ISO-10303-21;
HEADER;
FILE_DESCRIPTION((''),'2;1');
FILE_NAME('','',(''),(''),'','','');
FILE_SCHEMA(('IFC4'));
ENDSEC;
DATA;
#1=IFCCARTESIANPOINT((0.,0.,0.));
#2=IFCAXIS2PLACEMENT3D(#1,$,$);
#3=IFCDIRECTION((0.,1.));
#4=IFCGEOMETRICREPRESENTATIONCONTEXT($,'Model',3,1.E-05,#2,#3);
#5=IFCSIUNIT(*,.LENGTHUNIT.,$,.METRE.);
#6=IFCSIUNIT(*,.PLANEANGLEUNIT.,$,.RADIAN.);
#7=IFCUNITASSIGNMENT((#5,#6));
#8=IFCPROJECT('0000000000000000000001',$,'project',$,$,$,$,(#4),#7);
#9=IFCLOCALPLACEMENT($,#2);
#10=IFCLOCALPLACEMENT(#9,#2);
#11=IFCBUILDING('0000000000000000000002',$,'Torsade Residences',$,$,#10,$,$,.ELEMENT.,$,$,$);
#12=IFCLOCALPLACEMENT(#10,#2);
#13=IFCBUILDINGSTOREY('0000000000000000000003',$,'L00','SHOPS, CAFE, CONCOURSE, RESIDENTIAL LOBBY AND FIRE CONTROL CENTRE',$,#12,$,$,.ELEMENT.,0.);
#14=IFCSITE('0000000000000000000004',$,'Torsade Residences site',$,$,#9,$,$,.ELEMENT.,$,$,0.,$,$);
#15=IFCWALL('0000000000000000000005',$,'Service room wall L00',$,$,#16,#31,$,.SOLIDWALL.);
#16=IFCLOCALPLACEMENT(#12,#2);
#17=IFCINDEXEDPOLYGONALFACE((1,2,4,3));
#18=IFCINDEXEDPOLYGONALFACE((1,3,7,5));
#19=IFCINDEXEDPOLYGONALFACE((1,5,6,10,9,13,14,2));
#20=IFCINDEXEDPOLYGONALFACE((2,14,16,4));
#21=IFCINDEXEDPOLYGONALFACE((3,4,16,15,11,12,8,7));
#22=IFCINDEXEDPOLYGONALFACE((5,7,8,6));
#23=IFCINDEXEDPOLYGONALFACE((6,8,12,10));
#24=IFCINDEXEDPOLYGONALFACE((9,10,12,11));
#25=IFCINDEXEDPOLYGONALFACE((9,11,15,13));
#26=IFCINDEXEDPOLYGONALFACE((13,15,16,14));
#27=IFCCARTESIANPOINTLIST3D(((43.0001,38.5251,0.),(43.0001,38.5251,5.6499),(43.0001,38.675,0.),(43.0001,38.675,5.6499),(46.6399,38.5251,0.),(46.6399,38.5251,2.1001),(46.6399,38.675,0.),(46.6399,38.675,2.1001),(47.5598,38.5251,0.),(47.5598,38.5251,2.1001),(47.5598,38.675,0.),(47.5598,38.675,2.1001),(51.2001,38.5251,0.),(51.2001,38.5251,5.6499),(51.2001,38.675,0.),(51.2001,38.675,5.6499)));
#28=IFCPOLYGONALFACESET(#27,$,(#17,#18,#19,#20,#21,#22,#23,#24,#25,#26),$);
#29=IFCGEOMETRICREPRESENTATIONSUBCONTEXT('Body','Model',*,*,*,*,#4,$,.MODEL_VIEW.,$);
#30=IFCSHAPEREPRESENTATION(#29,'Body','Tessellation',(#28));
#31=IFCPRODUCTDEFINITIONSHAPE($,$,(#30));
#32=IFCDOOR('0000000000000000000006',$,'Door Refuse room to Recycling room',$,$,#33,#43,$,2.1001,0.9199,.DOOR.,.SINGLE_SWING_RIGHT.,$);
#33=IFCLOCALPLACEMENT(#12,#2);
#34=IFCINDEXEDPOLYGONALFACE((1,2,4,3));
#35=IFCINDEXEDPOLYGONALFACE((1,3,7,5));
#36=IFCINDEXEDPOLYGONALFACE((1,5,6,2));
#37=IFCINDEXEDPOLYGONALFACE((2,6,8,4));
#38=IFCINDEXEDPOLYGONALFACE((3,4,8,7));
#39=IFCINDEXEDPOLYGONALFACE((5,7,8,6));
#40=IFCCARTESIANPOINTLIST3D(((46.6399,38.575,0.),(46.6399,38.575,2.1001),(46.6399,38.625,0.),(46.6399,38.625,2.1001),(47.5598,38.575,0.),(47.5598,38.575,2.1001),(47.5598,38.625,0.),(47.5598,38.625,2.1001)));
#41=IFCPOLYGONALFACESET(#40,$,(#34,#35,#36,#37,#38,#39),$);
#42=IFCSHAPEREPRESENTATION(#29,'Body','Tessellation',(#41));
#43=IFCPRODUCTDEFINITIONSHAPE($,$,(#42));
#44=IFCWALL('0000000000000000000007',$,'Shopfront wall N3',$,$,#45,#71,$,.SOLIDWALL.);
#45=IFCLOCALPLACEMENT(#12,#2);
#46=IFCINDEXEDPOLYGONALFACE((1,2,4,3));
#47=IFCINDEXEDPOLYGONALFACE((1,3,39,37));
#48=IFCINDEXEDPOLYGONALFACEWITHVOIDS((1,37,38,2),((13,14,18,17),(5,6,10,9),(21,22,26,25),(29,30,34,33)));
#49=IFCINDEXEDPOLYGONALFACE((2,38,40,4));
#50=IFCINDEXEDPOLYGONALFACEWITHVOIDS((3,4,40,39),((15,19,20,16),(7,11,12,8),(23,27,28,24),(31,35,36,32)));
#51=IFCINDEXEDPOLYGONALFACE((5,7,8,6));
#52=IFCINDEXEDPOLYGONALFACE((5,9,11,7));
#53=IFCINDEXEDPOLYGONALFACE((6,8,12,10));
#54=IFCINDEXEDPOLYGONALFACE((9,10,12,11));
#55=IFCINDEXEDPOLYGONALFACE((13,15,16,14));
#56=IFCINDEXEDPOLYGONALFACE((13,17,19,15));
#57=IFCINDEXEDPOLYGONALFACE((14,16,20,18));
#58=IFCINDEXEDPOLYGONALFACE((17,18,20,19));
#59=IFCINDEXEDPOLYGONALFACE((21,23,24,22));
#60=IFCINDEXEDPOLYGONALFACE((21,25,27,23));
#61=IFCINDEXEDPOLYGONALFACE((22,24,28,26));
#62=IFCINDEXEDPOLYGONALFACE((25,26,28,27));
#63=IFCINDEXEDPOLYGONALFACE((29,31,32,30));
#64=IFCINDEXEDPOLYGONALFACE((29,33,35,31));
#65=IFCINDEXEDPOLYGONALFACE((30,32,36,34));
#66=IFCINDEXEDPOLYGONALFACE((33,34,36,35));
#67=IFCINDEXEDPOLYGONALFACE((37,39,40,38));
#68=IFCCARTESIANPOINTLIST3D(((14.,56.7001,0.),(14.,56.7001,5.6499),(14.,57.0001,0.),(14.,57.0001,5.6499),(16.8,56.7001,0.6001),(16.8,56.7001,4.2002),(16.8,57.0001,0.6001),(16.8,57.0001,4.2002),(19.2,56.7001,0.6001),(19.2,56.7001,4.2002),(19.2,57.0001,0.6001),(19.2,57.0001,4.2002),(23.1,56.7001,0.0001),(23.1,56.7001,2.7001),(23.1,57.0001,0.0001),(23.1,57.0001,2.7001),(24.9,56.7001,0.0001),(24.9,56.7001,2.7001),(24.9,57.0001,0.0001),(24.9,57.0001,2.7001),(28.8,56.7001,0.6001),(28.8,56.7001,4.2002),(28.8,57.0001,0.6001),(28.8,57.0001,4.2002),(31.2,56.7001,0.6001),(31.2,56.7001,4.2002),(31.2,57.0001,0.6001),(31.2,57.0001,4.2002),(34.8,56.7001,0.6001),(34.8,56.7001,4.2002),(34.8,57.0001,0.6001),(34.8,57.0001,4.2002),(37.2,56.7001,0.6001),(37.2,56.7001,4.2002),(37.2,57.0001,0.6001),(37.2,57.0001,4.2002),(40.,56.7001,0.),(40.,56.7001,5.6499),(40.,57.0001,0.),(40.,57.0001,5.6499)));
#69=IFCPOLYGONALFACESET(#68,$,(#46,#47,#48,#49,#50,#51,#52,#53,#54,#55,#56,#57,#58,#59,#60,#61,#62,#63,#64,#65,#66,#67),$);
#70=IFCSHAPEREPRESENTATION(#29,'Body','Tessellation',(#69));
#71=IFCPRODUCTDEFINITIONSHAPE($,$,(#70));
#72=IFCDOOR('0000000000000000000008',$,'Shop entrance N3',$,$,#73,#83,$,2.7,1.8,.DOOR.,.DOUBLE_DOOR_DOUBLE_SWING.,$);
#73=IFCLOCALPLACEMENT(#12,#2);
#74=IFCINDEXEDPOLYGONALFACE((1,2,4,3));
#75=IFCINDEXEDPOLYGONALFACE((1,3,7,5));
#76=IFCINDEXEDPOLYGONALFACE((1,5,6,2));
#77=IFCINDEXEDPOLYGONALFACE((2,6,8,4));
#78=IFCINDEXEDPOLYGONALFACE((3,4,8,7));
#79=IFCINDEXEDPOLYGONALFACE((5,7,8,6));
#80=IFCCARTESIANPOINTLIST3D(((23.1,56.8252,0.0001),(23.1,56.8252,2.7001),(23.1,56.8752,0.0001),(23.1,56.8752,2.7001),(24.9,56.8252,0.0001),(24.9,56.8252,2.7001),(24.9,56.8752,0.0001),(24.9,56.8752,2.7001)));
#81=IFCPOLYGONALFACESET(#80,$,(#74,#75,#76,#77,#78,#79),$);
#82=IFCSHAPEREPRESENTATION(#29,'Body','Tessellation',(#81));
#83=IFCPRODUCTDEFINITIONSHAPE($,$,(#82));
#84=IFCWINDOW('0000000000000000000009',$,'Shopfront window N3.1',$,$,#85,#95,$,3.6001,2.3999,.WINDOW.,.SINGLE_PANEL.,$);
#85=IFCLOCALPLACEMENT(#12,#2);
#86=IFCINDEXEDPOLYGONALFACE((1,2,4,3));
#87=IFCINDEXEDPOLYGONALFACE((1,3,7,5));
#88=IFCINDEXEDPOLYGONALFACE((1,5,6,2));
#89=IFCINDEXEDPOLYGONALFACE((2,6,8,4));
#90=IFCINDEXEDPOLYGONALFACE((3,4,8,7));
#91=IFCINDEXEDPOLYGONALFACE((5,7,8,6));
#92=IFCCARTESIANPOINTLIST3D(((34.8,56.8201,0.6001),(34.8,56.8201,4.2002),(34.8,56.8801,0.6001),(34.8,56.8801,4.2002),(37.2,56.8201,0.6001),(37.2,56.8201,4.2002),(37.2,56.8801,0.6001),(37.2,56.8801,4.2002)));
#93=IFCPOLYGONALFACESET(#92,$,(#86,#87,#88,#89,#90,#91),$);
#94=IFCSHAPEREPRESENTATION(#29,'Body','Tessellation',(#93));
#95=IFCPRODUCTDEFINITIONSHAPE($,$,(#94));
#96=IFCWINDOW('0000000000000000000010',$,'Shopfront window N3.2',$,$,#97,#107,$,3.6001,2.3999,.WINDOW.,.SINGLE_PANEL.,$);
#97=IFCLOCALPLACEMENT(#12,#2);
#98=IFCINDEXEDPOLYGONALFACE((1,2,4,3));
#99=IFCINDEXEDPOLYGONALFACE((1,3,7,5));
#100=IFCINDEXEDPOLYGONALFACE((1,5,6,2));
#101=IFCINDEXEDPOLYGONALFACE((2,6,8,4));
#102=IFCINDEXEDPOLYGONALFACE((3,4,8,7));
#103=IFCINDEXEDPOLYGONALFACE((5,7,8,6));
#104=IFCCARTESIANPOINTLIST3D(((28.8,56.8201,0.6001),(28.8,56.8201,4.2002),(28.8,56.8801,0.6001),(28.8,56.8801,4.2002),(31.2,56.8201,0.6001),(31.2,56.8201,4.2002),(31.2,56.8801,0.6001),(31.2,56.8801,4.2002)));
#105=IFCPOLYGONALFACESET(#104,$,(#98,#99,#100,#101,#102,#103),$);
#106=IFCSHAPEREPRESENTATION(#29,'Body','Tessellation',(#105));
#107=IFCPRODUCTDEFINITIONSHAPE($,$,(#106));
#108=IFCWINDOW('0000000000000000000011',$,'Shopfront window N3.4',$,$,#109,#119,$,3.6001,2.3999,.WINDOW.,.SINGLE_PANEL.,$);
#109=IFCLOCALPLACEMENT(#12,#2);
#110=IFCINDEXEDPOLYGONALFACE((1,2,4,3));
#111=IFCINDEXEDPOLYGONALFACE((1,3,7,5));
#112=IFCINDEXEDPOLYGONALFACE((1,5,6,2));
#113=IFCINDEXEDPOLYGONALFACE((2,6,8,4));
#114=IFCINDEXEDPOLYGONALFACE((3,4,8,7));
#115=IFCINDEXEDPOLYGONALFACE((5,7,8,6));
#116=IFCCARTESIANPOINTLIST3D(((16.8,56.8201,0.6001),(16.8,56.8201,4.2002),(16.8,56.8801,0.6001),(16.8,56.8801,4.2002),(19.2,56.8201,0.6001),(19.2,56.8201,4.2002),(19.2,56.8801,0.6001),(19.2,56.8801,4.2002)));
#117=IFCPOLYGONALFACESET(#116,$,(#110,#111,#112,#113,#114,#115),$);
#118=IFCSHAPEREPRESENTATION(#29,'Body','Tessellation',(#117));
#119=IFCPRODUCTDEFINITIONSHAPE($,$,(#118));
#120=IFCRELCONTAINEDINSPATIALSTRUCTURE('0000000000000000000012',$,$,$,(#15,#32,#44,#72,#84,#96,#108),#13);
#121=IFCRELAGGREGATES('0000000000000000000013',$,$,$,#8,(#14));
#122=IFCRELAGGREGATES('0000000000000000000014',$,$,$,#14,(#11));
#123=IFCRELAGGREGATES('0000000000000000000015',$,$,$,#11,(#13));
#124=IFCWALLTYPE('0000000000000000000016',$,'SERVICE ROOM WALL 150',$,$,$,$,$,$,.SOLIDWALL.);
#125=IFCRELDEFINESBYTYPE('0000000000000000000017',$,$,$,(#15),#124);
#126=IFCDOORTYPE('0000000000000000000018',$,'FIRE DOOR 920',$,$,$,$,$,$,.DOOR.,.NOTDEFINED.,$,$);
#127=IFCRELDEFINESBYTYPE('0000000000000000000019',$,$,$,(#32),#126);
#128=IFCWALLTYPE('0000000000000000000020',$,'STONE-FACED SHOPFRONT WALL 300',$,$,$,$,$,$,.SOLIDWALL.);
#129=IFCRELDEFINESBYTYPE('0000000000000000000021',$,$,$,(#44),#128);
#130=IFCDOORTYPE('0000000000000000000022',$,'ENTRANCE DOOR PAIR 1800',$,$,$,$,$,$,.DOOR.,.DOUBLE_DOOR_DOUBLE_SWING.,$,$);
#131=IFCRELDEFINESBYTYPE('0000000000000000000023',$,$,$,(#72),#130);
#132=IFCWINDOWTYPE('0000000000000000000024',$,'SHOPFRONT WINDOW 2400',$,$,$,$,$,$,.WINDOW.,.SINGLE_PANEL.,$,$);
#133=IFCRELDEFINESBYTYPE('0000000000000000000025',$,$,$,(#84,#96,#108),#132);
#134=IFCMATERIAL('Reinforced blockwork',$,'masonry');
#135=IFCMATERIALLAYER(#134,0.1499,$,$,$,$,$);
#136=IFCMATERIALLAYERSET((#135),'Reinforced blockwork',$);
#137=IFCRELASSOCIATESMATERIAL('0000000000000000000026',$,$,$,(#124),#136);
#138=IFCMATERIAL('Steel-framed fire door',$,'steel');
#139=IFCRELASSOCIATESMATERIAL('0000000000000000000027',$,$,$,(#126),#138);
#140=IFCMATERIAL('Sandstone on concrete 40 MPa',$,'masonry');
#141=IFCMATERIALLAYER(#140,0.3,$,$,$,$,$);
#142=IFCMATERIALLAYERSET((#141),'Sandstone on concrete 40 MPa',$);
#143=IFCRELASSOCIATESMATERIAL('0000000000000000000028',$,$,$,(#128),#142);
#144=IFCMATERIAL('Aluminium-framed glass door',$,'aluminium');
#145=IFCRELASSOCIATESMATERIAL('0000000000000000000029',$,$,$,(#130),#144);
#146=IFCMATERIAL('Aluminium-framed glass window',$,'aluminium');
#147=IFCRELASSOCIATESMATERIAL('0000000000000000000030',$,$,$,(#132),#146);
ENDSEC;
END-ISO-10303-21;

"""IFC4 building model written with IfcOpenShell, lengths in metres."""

from ifc_helpers import new_model, si_unit, direction, frame, frame_2d, origin, place, context, subcontext, project, spatial, rectangle, extrude, material, layer, layer_set, type_object, element, fill, save


model = new_model("IFC4")

# Units and contexts
model_context = context("Model", 3, precision=1e-05, world=origin(), true_north=direction((0.0, 1.0)))
body_context = subcontext(model_context, "Body", "Model", "MODEL_VIEW")
ifc_project = project(units=[si_unit("LENGTHUNIT", "METRE"), si_unit("PLANEANGLEUNIT", "RADIAN")], contexts=[model_context])

# Site, building, storey
site_placement = place(None, origin())
site = spatial("IfcSite", under=ifc_project, at=site_placement, Name="Torsade Residences site", CompositionType="ELEMENT", RefElevation=0.0)
building_placement = place(site_placement, origin())
building = spatial("IfcBuilding", under=site, at=building_placement, Name="Torsade Residences", CompositionType="ELEMENT")
storey_placement = place(building_placement, origin())
storey = spatial("IfcBuildingStorey", under=building, at=storey_placement, Name="L00", Description="SHOPS, CAFE, CONCOURSE, RESIDENTIAL LOBBY AND FIRE CONTROL CENTRE", CompositionType="ELEMENT", Elevation=0.0)

# Shared definitions
ifc_material_1 = material(Name="Reinforced blockwork", Category="masonry")
ifc_layer_1 = layer(ifc_material_1, 0.1499)
ifc_layer_set_1 = layer_set([ifc_layer_1], Name="Reinforced blockwork")
wall_type_1 = type_object("IfcWallType", Name="SERVICE ROOM WALL 150", PredefinedType="SOLIDWALL", material=ifc_layer_set_1)

# Wall, opening, door
wall_1_placement = place(storey_placement, frame((43.0, 38.6001, 0.0), z_axis=(0.0, 0.0, 1.0), x_axis=(1.0, 0.0, 0.0)))
wall_1 = element("IfcWall", 1, at=wall_1_placement, inside=storey, type_object=wall_type_1, Name="Service room wall L00", PredefinedType="SOLIDWALL", context=body_context, shape_type="SweptSolid", body=[
    extrude(rectangle(XDim=8.2, YDim=0.1499, at=frame_2d((4.1001, 0.0))), origin(), (0.0, 0.0, 1.0), 5.6499),
])
opening_1_placement = place(wall_1_placement, frame((3.6399, 0.0, 0.0)))
opening_1 = element("IfcOpeningElement", 2, at=opening_1_placement, cuts=wall_1, PredefinedType="OPENING", context=body_context, shape_type="SweptSolid", body=[
    extrude(rectangle(XDim=0.9199, YDim=2.1001, at=frame_2d((0.46, 1.05))), frame((0.0, 0.085, 0.0), z_axis=(0.0, -1.0, 0.0), x_axis=(1.0, 0.0, 0.0)), (0.0, 0.0, 1.0), 0.1699),
])
ifc_material_2 = material(Name="Steel-framed fire door", Category="steel")
door_type_1 = type_object("IfcDoorType", Name="FIRE DOOR 920", OperationType="NOTDEFINED", PredefinedType="DOOR", material=ifc_material_2)
door_1_placement = place(opening_1_placement, origin())
door_1 = element("IfcDoor", 3, at=door_1_placement, inside=storey, type_object=door_type_1, Name="Door Refuse room to Recycling room", OperationType="SINGLE_SWING_RIGHT", OverallHeight=2.1001, OverallWidth=0.9199, PredefinedType="DOOR", context=body_context, shape_type="SweptSolid", body=[
    extrude(rectangle(XDim=0.9199, YDim=2.1001, at=frame_2d((0.46, 1.05))), frame((0.0, 0.0249, 0.0), z_axis=(0.0, -1.0, 0.0), x_axis=(1.0, 0.0, 0.0)), (0.0, 0.0, 1.0), 0.05),
])
fill(opening_1, door_1)

# Wall, openings, door, windows
ifc_material_3 = material(Name="Sandstone on concrete 40 MPa", Category="masonry")
ifc_layer_2 = layer(ifc_material_3, 0.3)
ifc_layer_set_2 = layer_set([ifc_layer_2], Name="Sandstone on concrete 40 MPa")
wall_type_2 = type_object("IfcWallType", Name="STONE-FACED SHOPFRONT WALL 300", PredefinedType="SOLIDWALL", material=ifc_layer_set_2)
wall_2_placement = place(storey_placement, frame((40.0, 56.8501, 0.0), z_axis=(0.0, 0.0, 1.0), x_axis=(-1.0, 0.0, 0.0)))
wall_2 = element("IfcWall", 4, at=wall_2_placement, inside=storey, type_object=wall_type_2, Name="Shopfront wall N3", PredefinedType="SOLIDWALL", context=body_context, shape_type="SweptSolid", body=[
    extrude(rectangle(XDim=26.0, YDim=0.3, at=frame_2d((13.0, 0.0))), origin(), (0.0, 0.0, 1.0), 5.6499),
])
opening_2_placement = place(wall_2_placement, frame((2.8, 0.0, 0.6001)))
opening_2 = element("IfcOpeningElement", 5, at=opening_2_placement, cuts=wall_2, PredefinedType="OPENING", context=body_context, shape_type="SweptSolid", body=[
    extrude(rectangle(XDim=2.3999, YDim=3.6001, at=frame_2d((1.2, 1.8))), frame((0.0, 0.1599, 0.0), z_axis=(0.0, -1.0, 0.0), x_axis=(1.0, 0.0, 0.0)), (0.0, 0.0, 1.0), 0.3201),
])
opening_3_placement = place(wall_2_placement, frame((8.8, 0.0, 0.6001)))
opening_3 = element("IfcOpeningElement", 6, at=opening_3_placement, cuts=wall_2, PredefinedType="OPENING", context=body_context, shape_type="SweptSolid", body=[
    extrude(rectangle(XDim=2.3999, YDim=3.6001, at=frame_2d((1.2, 1.8))), frame((0.0, 0.1599, 0.0), z_axis=(0.0, -1.0, 0.0), x_axis=(1.0, 0.0, 0.0)), (0.0, 0.0, 1.0), 0.3201),
])
opening_4_placement = place(wall_2_placement, frame((15.1001, 0.0, 0.0)))
opening_4 = element("IfcOpeningElement", 7, at=opening_4_placement, cuts=wall_2, PredefinedType="OPENING", context=body_context, shape_type="SweptSolid", body=[
    extrude(rectangle(XDim=1.8, YDim=2.7, at=frame_2d((0.8999, 1.3501))), frame((0.0, 0.1599, 0.0), z_axis=(0.0, -1.0, 0.0), x_axis=(1.0, 0.0, 0.0)), (0.0, 0.0, 1.0), 0.3201),
])
opening_5_placement = place(wall_2_placement, frame((20.8, 0.0, 0.6001)))
opening_5 = element("IfcOpeningElement", 8, at=opening_5_placement, cuts=wall_2, PredefinedType="OPENING", context=body_context, shape_type="SweptSolid", body=[
    extrude(rectangle(XDim=2.3999, YDim=3.6001, at=frame_2d((1.2, 1.8))), frame((0.0, 0.1599, 0.0), z_axis=(0.0, -1.0, 0.0), x_axis=(1.0, 0.0, 0.0)), (0.0, 0.0, 1.0), 0.3201),
])
ifc_material_4 = material(Name="Aluminium-framed glass door", Category="aluminium")
door_type_2 = type_object("IfcDoorType", Name="ENTRANCE DOOR PAIR 1800", OperationType="DOUBLE_DOOR_DOUBLE_SWING", PredefinedType="DOOR", material=ifc_material_4)
door_2_placement = place(opening_4_placement, origin())
door_2 = element("IfcDoor", 9, at=door_2_placement, inside=storey, type_object=door_type_2, Name="Shop entrance N3", OperationType="DOUBLE_DOOR_DOUBLE_SWING", OverallHeight=2.7, OverallWidth=1.8, PredefinedType="DOOR", context=body_context, shape_type="SweptSolid", body=[
    extrude(rectangle(XDim=1.8, YDim=2.7, at=frame_2d((0.8999, 1.3501))), frame((0.0, 0.0249, 0.0), z_axis=(0.0, -1.0, 0.0), x_axis=(1.0, 0.0, 0.0)), (0.0, 0.0, 1.0), 0.05),
])
fill(opening_4, door_2)
ifc_material_5 = material(Name="Aluminium-framed glass window", Category="aluminium")
window_type = type_object("IfcWindowType", Name="SHOPFRONT WINDOW 2400", PartitioningType="SINGLE_PANEL", PredefinedType="WINDOW", material=ifc_material_5)
window_1_placement = place(opening_2_placement, origin())
window_1 = element("IfcWindow", 10, at=window_1_placement, inside=storey, type_object=window_type, Name="Shopfront window N3.1", OverallHeight=3.6001, OverallWidth=2.3999, PartitioningType="SINGLE_PANEL", PredefinedType="WINDOW", context=body_context, shape_type="SweptSolid", body=[
    extrude(rectangle(XDim=2.3999, YDim=3.6001, at=frame_2d((1.2, 1.8))), frame((0.0, 0.03, 0.0), z_axis=(0.0, -1.0, 0.0), x_axis=(1.0, 0.0, 0.0)), (0.0, 0.0, 1.0), 0.0601),
])
fill(opening_2, window_1)
window_2_placement = place(opening_3_placement, origin())
window_2 = element("IfcWindow", 11, at=window_2_placement, inside=storey, type_object=window_type, Name="Shopfront window N3.2", OverallHeight=3.6001, OverallWidth=2.3999, PartitioningType="SINGLE_PANEL", PredefinedType="WINDOW", context=body_context, shape_type="SweptSolid", body=[
    extrude(rectangle(XDim=2.3999, YDim=3.6001, at=frame_2d((1.2, 1.8))), frame((0.0, 0.03, 0.0), z_axis=(0.0, -1.0, 0.0), x_axis=(1.0, 0.0, 0.0)), (0.0, 0.0, 1.0), 0.0601),
])
fill(opening_3, window_2)
window_3_placement = place(opening_5_placement, origin())
window_3 = element("IfcWindow", 12, at=window_3_placement, inside=storey, type_object=window_type, Name="Shopfront window N3.4", OverallHeight=3.6001, OverallWidth=2.3999, PartitioningType="SINGLE_PANEL", PredefinedType="WINDOW", context=body_context, shape_type="SweptSolid", body=[
    extrude(rectangle(XDim=2.3999, YDim=3.6001, at=frame_2d((1.2, 1.8))), frame((0.0, 0.03, 0.0), z_axis=(0.0, -1.0, 0.0), x_axis=(1.0, 0.0, 0.0)), (0.0, 0.0, 1.0), 0.0601),
])
fill(opening_5, window_3)

save(model, "model.ifc")
